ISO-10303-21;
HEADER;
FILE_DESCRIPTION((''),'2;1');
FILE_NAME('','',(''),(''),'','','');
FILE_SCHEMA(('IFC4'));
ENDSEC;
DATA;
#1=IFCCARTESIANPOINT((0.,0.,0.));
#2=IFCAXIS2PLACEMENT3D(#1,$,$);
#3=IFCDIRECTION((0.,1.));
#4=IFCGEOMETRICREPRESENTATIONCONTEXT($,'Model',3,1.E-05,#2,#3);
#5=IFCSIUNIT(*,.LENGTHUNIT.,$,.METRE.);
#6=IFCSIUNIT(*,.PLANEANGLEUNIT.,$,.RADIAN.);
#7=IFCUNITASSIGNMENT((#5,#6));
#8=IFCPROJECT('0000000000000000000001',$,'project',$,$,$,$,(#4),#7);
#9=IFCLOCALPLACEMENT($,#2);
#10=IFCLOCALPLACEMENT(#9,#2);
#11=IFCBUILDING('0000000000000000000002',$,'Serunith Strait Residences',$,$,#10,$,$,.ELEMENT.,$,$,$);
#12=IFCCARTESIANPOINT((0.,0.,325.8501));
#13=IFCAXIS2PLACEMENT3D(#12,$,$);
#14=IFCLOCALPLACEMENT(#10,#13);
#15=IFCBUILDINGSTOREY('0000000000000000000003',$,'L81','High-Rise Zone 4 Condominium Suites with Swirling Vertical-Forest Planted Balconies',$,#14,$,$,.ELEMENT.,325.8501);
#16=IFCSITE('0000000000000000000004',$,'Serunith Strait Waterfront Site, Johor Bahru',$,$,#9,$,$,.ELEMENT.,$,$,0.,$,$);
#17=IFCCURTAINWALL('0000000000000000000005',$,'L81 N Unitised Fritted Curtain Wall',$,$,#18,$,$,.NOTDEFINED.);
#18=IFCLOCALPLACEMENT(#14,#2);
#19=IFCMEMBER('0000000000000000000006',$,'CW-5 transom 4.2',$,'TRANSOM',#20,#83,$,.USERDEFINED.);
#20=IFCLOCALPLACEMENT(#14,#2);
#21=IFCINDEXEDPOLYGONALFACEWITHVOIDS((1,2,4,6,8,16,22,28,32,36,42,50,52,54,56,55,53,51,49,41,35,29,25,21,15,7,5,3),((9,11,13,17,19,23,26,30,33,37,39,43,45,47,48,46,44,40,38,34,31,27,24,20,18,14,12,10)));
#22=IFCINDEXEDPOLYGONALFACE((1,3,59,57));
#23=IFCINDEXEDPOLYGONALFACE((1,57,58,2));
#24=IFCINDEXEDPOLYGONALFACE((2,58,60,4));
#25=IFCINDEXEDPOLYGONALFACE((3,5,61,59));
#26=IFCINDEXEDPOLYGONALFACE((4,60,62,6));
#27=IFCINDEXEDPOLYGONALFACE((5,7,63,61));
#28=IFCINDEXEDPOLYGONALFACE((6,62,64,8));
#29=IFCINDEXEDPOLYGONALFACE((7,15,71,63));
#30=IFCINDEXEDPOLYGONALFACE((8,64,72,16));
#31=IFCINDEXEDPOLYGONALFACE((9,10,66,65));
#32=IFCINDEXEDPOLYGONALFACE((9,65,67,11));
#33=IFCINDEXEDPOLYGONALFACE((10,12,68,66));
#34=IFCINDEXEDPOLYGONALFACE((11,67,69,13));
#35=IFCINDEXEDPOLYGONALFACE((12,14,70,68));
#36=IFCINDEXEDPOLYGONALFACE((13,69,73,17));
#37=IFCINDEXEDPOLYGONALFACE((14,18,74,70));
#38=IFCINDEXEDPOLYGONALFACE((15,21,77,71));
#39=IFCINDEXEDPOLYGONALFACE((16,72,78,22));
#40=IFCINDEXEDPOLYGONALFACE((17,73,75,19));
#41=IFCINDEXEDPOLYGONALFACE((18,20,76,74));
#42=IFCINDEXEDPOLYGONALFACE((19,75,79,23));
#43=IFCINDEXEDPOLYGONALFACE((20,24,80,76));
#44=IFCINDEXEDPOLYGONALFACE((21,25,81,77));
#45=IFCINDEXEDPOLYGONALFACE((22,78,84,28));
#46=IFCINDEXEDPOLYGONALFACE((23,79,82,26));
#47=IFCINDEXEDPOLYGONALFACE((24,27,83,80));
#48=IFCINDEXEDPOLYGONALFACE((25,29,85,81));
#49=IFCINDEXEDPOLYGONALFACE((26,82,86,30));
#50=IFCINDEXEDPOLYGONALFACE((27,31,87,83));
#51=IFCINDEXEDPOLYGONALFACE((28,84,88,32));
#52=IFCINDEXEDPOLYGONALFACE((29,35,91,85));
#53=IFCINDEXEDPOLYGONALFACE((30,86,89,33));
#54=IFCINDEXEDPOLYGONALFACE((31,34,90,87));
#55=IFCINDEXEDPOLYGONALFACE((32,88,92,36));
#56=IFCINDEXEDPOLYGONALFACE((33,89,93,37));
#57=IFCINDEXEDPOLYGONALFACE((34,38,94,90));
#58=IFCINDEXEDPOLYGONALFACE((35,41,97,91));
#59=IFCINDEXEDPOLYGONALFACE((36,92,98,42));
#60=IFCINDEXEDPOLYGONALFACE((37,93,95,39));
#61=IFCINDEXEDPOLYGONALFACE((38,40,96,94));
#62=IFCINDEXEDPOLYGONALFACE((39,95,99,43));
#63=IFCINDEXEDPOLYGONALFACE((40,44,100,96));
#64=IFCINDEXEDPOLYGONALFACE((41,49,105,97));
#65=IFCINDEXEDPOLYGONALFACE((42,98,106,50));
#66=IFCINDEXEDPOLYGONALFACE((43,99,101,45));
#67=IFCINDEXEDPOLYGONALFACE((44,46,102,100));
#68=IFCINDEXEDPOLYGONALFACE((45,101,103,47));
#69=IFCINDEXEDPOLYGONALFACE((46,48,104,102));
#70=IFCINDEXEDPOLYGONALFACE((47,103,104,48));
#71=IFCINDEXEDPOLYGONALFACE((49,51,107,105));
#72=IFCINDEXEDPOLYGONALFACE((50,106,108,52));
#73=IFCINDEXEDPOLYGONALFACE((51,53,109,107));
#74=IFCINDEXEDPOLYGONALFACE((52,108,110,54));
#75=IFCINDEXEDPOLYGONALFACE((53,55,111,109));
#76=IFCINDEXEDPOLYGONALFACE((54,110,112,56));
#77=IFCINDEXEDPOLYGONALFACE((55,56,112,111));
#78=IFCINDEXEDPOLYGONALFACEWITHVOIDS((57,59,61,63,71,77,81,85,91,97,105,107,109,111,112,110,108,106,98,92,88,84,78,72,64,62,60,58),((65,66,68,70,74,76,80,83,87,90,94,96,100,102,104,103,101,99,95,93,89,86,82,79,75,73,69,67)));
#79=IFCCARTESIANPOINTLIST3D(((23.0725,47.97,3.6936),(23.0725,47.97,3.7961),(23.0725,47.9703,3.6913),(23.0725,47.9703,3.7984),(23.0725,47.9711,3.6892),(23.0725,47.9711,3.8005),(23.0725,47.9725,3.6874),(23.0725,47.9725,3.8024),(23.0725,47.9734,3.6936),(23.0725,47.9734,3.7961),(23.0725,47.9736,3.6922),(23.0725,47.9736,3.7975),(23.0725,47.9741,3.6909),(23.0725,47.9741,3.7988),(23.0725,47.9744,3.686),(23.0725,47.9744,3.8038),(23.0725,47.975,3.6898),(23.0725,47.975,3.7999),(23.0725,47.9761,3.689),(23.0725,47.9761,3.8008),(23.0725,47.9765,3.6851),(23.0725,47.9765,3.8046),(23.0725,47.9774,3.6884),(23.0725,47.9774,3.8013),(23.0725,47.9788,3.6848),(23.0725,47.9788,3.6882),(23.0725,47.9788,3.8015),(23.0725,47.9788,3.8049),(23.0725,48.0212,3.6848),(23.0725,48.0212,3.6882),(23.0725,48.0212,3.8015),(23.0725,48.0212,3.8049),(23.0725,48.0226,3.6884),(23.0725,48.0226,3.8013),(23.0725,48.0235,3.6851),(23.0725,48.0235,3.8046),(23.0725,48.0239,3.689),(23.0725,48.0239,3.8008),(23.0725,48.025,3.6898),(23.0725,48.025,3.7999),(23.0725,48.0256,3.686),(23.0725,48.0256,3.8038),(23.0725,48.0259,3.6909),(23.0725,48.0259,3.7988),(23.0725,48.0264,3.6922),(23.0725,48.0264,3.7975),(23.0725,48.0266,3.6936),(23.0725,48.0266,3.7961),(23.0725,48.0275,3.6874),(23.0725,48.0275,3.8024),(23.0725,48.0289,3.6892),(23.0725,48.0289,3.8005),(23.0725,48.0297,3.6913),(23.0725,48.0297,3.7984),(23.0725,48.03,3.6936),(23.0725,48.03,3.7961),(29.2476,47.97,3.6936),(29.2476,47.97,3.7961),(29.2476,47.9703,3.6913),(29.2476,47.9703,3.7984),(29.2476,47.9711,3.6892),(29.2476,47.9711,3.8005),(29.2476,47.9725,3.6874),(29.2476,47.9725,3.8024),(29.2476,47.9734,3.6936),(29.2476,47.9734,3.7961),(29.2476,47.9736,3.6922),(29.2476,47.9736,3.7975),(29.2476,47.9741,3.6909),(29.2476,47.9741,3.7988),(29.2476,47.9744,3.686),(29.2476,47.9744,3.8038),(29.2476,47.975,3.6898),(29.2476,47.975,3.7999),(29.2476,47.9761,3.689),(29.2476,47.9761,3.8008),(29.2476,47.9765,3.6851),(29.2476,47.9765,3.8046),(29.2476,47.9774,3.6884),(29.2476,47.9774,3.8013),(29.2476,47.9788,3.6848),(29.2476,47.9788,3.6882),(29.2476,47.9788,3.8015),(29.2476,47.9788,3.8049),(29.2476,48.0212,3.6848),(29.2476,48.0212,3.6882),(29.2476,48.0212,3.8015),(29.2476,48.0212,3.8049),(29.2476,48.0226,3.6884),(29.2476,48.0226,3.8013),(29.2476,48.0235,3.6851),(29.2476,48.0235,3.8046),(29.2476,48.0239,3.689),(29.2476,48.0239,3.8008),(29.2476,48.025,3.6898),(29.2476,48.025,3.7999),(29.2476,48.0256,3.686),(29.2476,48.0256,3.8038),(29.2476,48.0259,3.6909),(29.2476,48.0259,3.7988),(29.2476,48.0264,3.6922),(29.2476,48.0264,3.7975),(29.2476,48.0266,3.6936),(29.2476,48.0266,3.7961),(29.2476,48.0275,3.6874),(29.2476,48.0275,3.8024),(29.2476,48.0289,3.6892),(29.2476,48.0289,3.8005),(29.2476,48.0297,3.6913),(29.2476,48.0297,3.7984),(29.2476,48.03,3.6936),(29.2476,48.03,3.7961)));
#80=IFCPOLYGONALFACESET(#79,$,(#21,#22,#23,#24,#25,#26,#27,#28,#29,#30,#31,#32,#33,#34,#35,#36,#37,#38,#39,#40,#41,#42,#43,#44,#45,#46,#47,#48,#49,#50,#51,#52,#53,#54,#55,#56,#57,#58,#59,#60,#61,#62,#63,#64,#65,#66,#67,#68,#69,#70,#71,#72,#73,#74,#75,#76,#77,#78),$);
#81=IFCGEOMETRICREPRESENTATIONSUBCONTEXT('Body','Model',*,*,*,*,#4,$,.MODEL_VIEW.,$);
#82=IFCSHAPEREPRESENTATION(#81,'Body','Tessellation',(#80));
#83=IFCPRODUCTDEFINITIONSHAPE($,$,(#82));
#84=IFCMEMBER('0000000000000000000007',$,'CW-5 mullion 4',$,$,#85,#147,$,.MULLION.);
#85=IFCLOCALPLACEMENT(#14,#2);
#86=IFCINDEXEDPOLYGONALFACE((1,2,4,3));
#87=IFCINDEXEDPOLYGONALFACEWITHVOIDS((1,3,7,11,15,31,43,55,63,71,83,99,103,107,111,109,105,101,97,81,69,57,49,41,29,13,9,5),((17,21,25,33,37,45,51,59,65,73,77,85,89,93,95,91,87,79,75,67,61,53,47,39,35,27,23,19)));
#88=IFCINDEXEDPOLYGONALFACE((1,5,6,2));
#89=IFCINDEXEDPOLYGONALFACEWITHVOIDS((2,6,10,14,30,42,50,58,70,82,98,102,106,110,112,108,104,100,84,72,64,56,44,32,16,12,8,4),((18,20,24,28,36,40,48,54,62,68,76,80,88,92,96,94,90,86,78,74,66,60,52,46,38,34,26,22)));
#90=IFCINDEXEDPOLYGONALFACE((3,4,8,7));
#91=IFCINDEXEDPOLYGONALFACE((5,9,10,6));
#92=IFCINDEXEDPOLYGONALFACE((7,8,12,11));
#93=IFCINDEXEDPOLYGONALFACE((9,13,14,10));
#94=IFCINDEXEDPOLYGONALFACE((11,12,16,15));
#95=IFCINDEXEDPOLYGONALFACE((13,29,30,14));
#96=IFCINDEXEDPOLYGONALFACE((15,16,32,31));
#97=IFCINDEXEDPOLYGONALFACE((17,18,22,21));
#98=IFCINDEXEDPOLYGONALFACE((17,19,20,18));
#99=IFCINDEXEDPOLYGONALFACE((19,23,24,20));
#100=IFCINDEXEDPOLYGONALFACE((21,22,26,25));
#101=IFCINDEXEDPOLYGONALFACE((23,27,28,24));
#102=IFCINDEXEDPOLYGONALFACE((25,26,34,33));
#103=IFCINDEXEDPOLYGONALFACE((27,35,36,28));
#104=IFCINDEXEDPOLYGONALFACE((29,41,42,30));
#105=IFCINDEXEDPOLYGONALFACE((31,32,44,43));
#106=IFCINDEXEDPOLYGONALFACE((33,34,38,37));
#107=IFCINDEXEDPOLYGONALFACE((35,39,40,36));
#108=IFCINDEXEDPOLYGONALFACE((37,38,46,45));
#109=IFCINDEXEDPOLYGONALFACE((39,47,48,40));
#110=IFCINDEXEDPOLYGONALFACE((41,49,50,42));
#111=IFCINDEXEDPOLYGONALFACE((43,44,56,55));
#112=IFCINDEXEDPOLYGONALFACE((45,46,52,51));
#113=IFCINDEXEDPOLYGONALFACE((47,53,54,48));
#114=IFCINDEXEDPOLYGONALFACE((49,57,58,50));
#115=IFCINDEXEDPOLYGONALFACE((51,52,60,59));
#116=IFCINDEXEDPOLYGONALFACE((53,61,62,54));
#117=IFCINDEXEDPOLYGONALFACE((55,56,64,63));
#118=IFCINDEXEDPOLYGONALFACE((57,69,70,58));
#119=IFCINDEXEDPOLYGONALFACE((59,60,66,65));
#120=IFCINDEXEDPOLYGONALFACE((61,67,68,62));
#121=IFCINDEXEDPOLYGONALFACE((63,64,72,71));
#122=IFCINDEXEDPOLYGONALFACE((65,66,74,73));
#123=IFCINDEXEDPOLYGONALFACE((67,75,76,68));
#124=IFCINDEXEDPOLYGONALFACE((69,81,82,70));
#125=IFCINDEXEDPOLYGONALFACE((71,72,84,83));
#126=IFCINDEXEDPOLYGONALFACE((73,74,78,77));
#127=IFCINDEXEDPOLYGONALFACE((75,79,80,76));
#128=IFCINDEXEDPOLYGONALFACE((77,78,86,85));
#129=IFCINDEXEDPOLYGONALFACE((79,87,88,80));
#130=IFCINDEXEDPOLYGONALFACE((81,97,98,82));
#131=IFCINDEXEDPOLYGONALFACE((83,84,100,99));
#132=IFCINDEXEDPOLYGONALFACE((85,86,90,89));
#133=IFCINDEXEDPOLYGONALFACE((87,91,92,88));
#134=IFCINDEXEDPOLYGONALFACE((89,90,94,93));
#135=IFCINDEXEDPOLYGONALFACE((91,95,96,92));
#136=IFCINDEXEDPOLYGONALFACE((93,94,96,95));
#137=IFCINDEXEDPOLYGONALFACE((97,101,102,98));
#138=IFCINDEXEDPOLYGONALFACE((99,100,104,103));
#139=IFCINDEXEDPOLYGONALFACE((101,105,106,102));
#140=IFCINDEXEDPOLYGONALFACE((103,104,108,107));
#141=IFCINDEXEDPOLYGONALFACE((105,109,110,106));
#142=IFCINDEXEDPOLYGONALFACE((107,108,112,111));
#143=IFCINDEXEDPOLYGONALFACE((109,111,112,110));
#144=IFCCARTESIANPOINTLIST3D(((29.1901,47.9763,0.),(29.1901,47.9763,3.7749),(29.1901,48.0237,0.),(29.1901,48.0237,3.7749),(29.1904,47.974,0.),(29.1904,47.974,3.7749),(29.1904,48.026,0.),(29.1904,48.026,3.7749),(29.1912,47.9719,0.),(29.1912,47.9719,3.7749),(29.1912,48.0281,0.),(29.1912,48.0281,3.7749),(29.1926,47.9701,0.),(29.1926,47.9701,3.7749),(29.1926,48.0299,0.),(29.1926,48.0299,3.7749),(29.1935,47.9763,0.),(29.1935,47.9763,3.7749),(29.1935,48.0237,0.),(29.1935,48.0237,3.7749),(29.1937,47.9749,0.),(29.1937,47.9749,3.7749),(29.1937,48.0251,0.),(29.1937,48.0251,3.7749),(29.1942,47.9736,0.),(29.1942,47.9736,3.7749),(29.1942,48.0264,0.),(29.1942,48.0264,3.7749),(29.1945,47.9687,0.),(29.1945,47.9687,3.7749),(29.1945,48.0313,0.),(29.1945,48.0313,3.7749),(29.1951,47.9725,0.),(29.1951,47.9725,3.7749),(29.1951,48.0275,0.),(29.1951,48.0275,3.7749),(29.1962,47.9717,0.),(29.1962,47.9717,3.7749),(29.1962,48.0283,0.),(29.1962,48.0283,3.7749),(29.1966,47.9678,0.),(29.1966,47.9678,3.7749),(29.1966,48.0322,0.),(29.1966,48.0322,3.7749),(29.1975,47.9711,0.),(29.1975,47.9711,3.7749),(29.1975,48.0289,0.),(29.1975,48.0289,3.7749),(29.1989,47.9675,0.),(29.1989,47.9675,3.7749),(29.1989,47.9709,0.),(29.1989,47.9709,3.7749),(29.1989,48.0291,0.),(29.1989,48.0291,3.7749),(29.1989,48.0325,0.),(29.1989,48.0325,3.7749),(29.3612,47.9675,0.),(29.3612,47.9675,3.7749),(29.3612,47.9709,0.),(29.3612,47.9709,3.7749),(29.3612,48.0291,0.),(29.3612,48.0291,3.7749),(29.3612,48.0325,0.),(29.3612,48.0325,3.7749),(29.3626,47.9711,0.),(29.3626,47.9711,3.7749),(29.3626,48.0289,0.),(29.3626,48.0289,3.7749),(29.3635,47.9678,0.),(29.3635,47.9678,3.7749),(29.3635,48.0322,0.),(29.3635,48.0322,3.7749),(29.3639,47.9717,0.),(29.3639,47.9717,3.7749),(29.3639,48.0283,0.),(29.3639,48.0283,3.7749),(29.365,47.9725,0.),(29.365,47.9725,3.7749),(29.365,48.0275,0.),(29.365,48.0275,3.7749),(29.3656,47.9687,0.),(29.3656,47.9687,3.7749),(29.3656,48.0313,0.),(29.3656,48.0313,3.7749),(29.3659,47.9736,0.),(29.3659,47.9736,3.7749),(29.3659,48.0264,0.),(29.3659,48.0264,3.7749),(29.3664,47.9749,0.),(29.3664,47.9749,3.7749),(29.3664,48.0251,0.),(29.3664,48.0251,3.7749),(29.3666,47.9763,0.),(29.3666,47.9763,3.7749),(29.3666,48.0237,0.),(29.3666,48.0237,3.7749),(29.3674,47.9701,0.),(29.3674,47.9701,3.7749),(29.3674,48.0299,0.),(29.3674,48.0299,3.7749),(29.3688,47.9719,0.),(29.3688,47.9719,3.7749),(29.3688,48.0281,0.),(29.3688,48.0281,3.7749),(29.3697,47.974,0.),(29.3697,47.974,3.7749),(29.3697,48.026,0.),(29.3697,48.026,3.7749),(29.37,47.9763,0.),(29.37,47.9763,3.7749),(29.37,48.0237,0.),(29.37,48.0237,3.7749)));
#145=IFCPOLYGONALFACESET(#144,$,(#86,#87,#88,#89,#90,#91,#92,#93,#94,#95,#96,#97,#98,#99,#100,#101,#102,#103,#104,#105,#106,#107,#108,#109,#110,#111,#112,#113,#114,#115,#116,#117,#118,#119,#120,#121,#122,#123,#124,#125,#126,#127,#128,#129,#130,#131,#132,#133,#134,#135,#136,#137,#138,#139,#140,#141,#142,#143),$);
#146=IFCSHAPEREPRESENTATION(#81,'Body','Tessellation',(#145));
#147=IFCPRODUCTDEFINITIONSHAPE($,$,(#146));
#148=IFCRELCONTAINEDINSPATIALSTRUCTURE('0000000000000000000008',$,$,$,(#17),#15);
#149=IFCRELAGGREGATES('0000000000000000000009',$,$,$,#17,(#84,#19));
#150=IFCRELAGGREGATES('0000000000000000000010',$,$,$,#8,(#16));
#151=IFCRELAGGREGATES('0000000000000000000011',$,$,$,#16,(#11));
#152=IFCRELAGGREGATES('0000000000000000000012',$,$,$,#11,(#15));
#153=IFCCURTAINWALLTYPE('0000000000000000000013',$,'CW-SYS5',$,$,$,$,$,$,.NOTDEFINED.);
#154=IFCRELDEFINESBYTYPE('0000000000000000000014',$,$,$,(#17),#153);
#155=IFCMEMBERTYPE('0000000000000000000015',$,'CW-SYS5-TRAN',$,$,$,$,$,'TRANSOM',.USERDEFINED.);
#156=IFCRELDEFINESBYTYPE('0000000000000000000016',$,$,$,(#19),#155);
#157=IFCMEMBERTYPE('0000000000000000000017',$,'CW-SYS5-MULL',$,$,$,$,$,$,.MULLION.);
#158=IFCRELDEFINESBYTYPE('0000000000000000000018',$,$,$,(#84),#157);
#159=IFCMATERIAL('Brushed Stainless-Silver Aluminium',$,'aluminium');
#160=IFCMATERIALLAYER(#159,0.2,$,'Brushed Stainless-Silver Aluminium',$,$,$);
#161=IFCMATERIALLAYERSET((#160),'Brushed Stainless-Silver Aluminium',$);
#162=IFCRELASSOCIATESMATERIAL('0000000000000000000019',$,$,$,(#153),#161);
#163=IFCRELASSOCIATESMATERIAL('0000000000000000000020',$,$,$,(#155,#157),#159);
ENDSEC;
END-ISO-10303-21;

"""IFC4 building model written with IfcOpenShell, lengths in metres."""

from ifc_helpers import new_model, si_unit, direction, frame, origin, origin_2d, place, context, subcontext, project, spatial, hollow_rectangle, extrude, source, transform, mapped, material, layer, layer_set, material_profile, profile_set, type_object, element, aggregate, save


model = new_model("IFC4")

# Units and contexts
model_context = context("Model", 3, precision=1e-05, world=origin(), true_north=direction((0.0, 1.0)))
body_context = subcontext(model_context, "Body", "Model", "MODEL_VIEW")
ifc_project = project(units=[si_unit("LENGTHUNIT", "METRE"), si_unit("PLANEANGLEUNIT", "RADIAN")], contexts=[model_context])

# Site, building, storey
site_placement = place(None, origin())
site = spatial("IfcSite", under=ifc_project, at=site_placement, Name="Serunith Strait Waterfront Site, Johor Bahru", CompositionType="ELEMENT", RefElevation=0.0)
building_placement = place(site_placement, origin())
building = spatial("IfcBuilding", under=site, at=building_placement, Name="Serunith Strait Residences", CompositionType="ELEMENT")
storey_placement = place(building_placement, frame((0.0, 0.0, 325.8501)))
storey = spatial("IfcBuildingStorey", under=building, at=storey_placement, Name="L81", Description="High-Rise Zone 4 Condominium Suites with Swirling Vertical-Forest Planted Balconies", CompositionType="ELEMENT", Elevation=325.8501)

# Curtain wall, members
ifc_material_1 = material(Name="Brushed Stainless-Silver Aluminium", Category="aluminium")
ifc_layer_1 = layer(ifc_material_1, 0.2, Name="Brushed Stainless-Silver Aluminium")
ifc_layer_set_1 = layer_set([ifc_layer_1], Name="Brushed Stainless-Silver Aluminium")
curtain_wall_type = type_object("IfcCurtainWallType", Name="CW-SYS5", PredefinedType="NOTDEFINED", material=ifc_layer_set_1)
curtain_wall_placement = place(storey_placement, origin())
curtain_wall = element("IfcCurtainWall", 1, at=curtain_wall_placement, inside=storey, type_object=curtain_wall_type, Name="L81 N Unitised Fritted Curtain Wall", PredefinedType="NOTDEFINED")
ifc_material_profile_1 = material_profile(ifc_material_1, hollow_rectangle(XDim=0.0601, YDim=0.1201, WallThickness=0.0034, InnerFilletRadius=0.0054, OuterFilletRadius=0.0088, at=origin_2d()), Name="ALU 120x60x3.5")
ifc_profile_set_1 = profile_set([ifc_material_profile_1], Name="Brushed Stainless-Silver Aluminium")
member_type_1 = type_object("IfcMemberType", Name="CW-SYS5-TRAN", ElementType="TRANSOM", PredefinedType="USERDEFINED", material=ifc_profile_set_1)
shared_shape_1 = source(origin(), body_context, "Body", "SweptSolid", [
    extrude(hollow_rectangle(XDim=0.0601, YDim=0.1201, WallThickness=0.0034, InnerFilletRadius=0.0054, OuterFilletRadius=0.0088, at=origin_2d()), origin(), (0.0, 0.0, 1.0), 6.175),
])
member_1_placement = place(storey_placement, frame((29.2476, 48.0, 3.7449), z_axis=(-1.0, 0.0, 0.0), x_axis=(0.0, -1.0, 0.0)))
member_1 = element("IfcMember", 2, at=member_1_placement, type_object=member_type_1, Name="CW-5 transom 4.2", ObjectType="TRANSOM", PredefinedType="USERDEFINED", context=body_context, shape_type="MappedRepresentation", body=[
    mapped(shared_shape_1, transform((0.0, 0.0, 0.0), scale=1.0)),
])
ifc_material_profile_2 = material_profile(ifc_material_1, hollow_rectangle(XDim=0.0649, YDim=0.1799, WallThickness=0.0034, InnerFilletRadius=0.0054, OuterFilletRadius=0.0088, at=origin_2d()), Name="ALU 180x65x3.5")
ifc_profile_set_2 = profile_set([ifc_material_profile_2], Name="Brushed Stainless-Silver Aluminium")
member_type_2 = type_object("IfcMemberType", Name="CW-SYS5-MULL", PredefinedType="MULLION", material=ifc_profile_set_2)
shared_shape_2 = source(origin(), body_context, "Body", "SweptSolid", [
    extrude(hollow_rectangle(XDim=0.0649, YDim=0.1799, WallThickness=0.0034, InnerFilletRadius=0.0054, OuterFilletRadius=0.0088, at=origin_2d()), origin(), (0.0, 0.0, 1.0), 3.7749),
])
member_2_placement = place(storey_placement, frame((29.28, 48.0, 0.0), z_axis=(0.0, 0.0, 1.0), x_axis=(0.0, -1.0, 0.0)))
member_2 = element("IfcMember", 3, at=member_2_placement, type_object=member_type_2, Name="CW-5 mullion 4", PredefinedType="MULLION", context=body_context, shape_type="MappedRepresentation", body=[
    mapped(shared_shape_2, transform((0.0, 0.0, 0.0), scale=1.0)),
])
aggregate(curtain_wall, [member_2, member_1])

save(model, "model.ifc")
